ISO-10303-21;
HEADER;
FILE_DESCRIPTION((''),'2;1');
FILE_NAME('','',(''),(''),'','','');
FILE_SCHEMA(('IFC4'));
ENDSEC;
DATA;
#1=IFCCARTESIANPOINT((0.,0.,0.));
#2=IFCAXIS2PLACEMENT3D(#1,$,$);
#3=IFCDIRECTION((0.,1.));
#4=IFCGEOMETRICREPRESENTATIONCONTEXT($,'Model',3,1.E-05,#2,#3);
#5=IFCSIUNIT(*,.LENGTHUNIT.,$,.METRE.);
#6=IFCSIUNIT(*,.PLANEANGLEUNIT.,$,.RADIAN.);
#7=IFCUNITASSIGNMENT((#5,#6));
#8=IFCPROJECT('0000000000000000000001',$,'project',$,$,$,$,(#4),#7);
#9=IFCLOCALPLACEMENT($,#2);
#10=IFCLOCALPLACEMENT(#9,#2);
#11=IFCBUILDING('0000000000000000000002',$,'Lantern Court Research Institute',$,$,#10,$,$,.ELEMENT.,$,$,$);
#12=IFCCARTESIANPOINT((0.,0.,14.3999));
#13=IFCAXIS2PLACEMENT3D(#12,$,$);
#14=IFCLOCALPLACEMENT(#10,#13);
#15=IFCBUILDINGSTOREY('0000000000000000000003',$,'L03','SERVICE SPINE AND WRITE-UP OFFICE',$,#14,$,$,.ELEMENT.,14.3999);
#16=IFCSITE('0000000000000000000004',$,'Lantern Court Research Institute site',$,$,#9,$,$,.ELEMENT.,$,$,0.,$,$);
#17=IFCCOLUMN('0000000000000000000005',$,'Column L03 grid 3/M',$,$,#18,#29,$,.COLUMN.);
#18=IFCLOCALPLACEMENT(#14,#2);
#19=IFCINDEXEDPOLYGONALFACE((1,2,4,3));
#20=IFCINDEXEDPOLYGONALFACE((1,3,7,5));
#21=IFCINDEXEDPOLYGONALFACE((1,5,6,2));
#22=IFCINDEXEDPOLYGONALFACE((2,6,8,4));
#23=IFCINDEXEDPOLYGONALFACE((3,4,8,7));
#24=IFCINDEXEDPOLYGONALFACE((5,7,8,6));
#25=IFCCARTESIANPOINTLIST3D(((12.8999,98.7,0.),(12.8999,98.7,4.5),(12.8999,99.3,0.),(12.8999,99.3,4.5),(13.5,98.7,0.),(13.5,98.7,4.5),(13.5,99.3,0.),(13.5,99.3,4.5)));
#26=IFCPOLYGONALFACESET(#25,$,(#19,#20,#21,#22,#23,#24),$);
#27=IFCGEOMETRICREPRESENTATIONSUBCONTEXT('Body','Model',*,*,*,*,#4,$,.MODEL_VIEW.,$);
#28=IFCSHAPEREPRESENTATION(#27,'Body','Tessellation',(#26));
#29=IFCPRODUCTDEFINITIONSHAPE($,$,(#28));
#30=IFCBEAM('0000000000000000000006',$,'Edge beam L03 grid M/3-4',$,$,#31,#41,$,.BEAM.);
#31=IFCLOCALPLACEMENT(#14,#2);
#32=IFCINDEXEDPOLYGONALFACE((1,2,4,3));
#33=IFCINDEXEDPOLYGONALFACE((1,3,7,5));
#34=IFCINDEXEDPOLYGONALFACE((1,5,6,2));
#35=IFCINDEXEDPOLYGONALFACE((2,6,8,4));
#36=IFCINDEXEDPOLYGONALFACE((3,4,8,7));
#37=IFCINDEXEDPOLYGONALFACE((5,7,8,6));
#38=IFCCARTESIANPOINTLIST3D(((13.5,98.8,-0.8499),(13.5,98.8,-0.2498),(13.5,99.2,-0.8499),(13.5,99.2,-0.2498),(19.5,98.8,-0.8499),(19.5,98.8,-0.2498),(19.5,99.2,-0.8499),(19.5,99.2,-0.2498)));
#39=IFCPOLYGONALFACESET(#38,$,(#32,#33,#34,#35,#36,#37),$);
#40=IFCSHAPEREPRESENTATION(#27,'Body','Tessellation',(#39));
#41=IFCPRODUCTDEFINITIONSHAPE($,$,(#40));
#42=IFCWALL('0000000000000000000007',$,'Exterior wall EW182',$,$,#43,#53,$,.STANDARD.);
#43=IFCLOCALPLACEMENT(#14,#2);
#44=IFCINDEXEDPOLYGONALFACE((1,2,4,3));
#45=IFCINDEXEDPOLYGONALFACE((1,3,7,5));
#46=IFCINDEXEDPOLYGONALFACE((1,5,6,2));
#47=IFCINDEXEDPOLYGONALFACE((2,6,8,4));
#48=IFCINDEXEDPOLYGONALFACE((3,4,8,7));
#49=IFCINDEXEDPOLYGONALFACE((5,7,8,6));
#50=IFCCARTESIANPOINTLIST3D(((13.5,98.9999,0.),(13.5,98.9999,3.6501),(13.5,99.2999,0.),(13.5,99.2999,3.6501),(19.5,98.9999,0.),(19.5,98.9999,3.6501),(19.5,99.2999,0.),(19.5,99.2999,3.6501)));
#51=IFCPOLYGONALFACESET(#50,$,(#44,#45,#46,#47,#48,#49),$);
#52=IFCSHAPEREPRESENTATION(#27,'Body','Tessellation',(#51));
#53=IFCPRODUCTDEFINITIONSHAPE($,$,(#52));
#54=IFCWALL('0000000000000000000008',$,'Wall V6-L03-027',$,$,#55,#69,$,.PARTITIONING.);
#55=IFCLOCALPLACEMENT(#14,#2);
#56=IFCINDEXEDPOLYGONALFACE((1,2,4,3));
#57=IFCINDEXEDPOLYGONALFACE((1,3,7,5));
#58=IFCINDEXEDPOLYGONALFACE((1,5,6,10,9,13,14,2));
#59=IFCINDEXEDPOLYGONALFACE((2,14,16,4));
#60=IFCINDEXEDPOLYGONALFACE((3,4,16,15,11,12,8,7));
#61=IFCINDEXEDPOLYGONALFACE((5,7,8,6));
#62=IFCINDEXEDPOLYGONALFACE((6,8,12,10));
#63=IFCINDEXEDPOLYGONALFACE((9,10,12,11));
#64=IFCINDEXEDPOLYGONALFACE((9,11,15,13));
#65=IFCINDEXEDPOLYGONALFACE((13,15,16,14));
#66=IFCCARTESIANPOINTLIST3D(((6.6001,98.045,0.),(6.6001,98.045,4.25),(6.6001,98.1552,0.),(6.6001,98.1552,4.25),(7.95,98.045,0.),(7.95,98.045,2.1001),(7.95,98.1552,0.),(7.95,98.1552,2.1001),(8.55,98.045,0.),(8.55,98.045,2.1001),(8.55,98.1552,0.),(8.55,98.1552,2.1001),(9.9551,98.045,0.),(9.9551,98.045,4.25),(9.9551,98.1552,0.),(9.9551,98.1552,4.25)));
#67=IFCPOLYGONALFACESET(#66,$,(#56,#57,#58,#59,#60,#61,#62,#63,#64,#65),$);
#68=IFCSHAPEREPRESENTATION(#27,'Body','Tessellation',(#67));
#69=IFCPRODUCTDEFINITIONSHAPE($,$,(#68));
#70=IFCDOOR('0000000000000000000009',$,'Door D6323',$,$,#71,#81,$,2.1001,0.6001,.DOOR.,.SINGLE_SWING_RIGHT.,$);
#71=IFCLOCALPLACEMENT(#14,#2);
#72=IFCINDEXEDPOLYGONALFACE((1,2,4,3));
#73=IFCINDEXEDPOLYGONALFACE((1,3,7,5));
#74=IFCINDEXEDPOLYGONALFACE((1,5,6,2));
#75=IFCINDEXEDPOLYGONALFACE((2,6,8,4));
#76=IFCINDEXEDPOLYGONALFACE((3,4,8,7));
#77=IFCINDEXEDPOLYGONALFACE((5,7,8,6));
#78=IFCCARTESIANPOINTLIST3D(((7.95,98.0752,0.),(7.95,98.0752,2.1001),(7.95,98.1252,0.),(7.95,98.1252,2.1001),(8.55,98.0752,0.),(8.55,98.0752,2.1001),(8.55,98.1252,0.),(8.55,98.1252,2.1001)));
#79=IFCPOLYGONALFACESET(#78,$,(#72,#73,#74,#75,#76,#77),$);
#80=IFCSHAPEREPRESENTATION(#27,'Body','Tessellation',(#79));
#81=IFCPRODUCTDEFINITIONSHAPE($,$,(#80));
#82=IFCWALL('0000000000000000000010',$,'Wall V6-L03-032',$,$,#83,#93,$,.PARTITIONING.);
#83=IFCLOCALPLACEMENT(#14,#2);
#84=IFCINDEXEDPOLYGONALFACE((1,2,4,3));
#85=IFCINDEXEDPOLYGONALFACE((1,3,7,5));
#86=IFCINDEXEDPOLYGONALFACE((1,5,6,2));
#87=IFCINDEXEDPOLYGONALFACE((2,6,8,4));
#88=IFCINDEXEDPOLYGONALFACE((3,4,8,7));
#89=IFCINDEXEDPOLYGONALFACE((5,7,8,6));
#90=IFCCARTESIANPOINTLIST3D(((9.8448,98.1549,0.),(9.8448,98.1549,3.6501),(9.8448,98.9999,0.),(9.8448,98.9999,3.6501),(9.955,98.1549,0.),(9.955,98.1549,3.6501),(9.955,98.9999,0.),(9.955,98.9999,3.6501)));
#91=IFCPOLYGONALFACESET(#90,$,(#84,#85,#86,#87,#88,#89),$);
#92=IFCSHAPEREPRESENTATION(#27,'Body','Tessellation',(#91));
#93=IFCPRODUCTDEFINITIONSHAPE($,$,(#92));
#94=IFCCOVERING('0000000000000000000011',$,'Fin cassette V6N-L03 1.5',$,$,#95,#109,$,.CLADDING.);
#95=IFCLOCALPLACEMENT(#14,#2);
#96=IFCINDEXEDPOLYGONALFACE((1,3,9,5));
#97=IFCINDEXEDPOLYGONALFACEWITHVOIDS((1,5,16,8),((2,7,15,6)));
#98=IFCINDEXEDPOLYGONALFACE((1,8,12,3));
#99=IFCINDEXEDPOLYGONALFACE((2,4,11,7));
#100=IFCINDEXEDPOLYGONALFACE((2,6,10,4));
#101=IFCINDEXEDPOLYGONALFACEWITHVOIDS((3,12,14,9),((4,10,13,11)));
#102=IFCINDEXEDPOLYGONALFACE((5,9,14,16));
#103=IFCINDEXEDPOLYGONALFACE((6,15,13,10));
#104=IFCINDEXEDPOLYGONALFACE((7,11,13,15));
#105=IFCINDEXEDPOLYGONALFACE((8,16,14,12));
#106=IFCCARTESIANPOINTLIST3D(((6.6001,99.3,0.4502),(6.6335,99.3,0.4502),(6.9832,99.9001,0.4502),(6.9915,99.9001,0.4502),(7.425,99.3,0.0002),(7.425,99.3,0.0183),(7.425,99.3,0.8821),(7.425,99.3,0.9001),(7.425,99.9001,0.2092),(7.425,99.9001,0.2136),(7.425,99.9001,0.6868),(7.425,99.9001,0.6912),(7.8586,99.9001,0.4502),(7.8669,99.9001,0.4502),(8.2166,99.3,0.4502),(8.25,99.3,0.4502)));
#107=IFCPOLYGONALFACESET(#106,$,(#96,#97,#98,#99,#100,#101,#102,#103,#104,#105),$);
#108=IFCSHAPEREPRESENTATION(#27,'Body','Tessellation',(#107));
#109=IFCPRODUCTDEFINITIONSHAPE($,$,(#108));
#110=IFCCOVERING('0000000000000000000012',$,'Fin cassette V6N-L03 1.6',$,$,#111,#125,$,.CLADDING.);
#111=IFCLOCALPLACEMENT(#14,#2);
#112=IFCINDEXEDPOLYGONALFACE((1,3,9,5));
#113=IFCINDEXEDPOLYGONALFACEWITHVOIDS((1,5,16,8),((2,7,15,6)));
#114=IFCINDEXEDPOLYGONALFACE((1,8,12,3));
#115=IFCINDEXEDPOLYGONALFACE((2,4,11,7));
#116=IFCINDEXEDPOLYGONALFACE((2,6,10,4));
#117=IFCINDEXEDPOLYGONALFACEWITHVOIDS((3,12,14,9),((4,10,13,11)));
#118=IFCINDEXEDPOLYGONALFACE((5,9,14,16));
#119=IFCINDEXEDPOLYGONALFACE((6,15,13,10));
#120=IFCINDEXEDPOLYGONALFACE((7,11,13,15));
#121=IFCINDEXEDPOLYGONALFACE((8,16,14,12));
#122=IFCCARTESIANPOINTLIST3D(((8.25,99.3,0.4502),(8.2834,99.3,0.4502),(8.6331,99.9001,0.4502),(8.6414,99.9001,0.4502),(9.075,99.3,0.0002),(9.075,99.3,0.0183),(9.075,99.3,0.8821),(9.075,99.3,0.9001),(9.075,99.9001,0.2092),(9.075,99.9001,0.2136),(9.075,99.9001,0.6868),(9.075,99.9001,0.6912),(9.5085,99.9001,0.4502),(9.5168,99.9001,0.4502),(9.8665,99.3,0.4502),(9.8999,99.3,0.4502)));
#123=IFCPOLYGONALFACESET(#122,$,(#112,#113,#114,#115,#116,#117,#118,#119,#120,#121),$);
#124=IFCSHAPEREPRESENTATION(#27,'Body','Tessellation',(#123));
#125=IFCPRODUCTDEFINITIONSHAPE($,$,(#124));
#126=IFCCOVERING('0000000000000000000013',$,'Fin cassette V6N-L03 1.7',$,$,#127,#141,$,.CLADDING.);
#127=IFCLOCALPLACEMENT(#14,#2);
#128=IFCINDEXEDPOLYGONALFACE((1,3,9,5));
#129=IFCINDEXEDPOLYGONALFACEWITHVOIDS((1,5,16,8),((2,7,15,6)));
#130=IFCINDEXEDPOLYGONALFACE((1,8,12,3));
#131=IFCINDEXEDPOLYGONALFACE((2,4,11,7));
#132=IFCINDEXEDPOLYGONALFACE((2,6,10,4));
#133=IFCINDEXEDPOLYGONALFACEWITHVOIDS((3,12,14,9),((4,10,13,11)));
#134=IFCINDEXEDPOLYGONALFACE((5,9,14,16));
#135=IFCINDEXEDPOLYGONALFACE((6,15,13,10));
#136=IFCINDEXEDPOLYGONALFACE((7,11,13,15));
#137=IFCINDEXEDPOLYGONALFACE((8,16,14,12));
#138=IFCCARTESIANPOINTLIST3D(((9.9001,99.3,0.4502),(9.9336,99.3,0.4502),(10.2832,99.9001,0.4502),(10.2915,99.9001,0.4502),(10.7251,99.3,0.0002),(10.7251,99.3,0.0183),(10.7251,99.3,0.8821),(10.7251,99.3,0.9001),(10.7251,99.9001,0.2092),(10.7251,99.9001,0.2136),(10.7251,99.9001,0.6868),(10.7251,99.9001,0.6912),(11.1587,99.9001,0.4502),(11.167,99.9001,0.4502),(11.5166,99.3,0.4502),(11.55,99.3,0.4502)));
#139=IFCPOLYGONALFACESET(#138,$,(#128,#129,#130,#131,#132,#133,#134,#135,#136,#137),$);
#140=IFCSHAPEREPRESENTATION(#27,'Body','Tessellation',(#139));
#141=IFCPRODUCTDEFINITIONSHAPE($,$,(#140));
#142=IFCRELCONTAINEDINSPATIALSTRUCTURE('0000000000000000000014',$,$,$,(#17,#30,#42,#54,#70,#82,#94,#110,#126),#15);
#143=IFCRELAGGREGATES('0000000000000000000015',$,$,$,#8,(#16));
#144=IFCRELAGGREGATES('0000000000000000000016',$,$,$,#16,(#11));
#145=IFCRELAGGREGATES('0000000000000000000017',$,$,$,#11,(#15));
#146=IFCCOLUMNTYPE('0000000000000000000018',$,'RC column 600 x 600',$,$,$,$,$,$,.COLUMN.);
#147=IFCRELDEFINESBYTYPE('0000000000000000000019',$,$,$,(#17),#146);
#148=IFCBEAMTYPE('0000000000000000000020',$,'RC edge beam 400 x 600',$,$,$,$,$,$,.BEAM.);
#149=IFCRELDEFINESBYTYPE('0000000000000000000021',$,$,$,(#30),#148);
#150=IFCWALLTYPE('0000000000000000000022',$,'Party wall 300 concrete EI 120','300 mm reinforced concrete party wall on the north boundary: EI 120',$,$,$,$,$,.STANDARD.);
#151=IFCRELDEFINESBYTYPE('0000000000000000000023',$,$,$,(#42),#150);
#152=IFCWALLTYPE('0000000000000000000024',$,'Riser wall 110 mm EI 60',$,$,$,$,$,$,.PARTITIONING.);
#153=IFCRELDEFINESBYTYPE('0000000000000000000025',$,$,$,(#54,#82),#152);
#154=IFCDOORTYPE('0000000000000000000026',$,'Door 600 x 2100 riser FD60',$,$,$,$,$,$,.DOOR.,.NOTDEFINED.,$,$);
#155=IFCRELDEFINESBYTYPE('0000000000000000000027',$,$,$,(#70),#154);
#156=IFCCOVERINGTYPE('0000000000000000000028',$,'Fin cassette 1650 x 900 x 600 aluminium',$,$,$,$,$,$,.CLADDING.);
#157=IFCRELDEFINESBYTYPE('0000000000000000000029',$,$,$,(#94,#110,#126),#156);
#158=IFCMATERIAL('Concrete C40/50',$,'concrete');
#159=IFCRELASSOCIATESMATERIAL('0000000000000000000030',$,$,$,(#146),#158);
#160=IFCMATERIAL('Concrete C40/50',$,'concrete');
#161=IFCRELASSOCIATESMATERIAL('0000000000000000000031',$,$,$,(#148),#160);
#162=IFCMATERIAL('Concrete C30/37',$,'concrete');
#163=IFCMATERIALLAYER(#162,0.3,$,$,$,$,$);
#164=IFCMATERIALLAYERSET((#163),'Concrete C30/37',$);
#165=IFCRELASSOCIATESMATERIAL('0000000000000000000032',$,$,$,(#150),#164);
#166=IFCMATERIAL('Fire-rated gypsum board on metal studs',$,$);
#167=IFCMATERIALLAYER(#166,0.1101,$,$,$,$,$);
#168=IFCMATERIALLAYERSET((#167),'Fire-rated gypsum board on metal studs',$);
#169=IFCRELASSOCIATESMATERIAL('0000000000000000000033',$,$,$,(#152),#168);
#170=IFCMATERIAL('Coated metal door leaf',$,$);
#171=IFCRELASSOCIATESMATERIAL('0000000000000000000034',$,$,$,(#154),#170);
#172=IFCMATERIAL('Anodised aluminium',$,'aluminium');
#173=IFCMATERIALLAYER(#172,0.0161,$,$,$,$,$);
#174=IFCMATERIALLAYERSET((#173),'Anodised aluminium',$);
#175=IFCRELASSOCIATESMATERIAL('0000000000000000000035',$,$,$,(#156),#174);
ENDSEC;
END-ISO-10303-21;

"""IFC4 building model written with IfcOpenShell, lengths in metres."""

from ifc_helpers import new_model, entity, si_unit, direction, frame, frame_2d, origin, origin_2d, place, context, subcontext, project, spatial, rectangle, extrude, material, layer, layer_set, material_profile, profile_set, type_object, element, fill, save


model = new_model("IFC4")

# Units and contexts
model_context = context("Model", 3, precision=1e-05, world=origin(), true_north=direction((0.0, 1.0)))
body_context = subcontext(model_context, "Body", "Model", "MODEL_VIEW")
ifc_project = project(units=[si_unit("LENGTHUNIT", "METRE"), si_unit("PLANEANGLEUNIT", "RADIAN")], contexts=[model_context])

# Site, building, storey
site_placement = place(None, origin())
site = spatial("IfcSite", under=ifc_project, at=site_placement, Name="Lantern Court Research Institute site", CompositionType="ELEMENT", RefElevation=0.0)
building_placement = place(site_placement, origin())
building = spatial("IfcBuilding", under=site, at=building_placement, Name="Lantern Court Research Institute", CompositionType="ELEMENT")
storey_placement = place(building_placement, frame((0.0, 0.0, 14.3999)))
storey = spatial("IfcBuildingStorey", under=building, at=storey_placement, Name="L03", Description="SERVICE SPINE AND WRITE-UP OFFICE", CompositionType="ELEMENT", Elevation=14.3999)

# Column
ifc_material_1 = material(Name="Concrete C40/50", Category="concrete")
ifc_material_profile_1 = material_profile(ifc_material_1, rectangle(XDim=0.6001, YDim=0.6001, at=origin_2d()), Name="RC column 600 x 600")
ifc_profile_set_1 = profile_set([ifc_material_profile_1], Name="Concrete C40/50")
column_type = type_object("IfcColumnType", Name="RC column 600 x 600", PredefinedType="COLUMN", material=ifc_profile_set_1)
column_placement = place(storey_placement, frame((13.2, 99.0, 0.0), z_axis=(0.0, 0.0, 1.0), x_axis=(1.0, 0.0, 0.0)))
element("IfcColumn", 1, at=column_placement, inside=storey, type_object=column_type, Name="Column L03 grid 3/M", PredefinedType="COLUMN", context=body_context, shape_type="SweptSolid", body=[
    extrude(rectangle(XDim=0.6001, YDim=0.6001, at=origin_2d()), origin(), (0.0, 0.0, 1.0), 4.5),
])

# Beam
ifc_material_2 = material(Name="Concrete C40/50", Category="concrete")
ifc_material_profile_2 = material_profile(ifc_material_2, rectangle(XDim=0.3999, YDim=0.6001, at=origin_2d()), Name="RC beam 400 x 600")
ifc_profile_set_2 = profile_set([ifc_material_profile_2], Name="Concrete C40/50")
beam_type = type_object("IfcBeamType", Name="RC edge beam 400 x 600", PredefinedType="BEAM", material=ifc_profile_set_2)
beam_placement = place(storey_placement, frame((13.5, 99.0, -0.5498), z_axis=(1.0, 0.0, 0.0), x_axis=(0.0, 1.0, 0.0)))
element("IfcBeam", 2, at=beam_placement, inside=storey, type_object=beam_type, Name="Edge beam L03 grid M/3-4", PredefinedType="BEAM", context=body_context, shape_type="SweptSolid", body=[
    extrude(rectangle(XDim=0.3999, YDim=0.6001, at=origin_2d()), origin(), (0.0, 0.0, 1.0), 6.0),
])

# Wall
ifc_material_3 = material(Name="Concrete C30/37", Category="concrete")
ifc_layer_1 = layer(ifc_material_3, 0.3)
ifc_layer_set_1 = layer_set([ifc_layer_1], Name="Concrete C30/37")
wall_type_1 = type_object("IfcWallType", Name="Party wall 300 concrete EI 120", Description="300 mm reinforced concrete party wall on the north boundary: EI 120", PredefinedType="STANDARD", material=ifc_layer_set_1)
wall_1_placement = place(storey_placement, frame((13.5, 99.1499, 0.0), z_axis=(0.0, 0.0, 1.0), x_axis=(1.0, 0.0, 0.0)))
element("IfcWall", 3, at=wall_1_placement, inside=storey, type_object=wall_type_1, Name="Exterior wall EW182", PredefinedType="STANDARD", context=body_context, shape_type="SweptSolid", body=[
    extrude(rectangle(XDim=6.0, YDim=0.3, at=frame_2d((3.0, 0.0))), origin(), (0.0, 0.0, 1.0), 3.6501),
])

# Wall, opening, door
ifc_material_4 = material(Name="Fire-rated gypsum board on metal studs")
ifc_layer_2 = layer(ifc_material_4, 0.1101)
ifc_layer_set_2 = layer_set([ifc_layer_2], Name="Fire-rated gypsum board on metal studs")
wall_type_2 = type_object("IfcWallType", Name="Riser wall 110 mm EI 60", PredefinedType="PARTITIONING", material=ifc_layer_set_2)
wall_2_placement = place(storey_placement, frame((9.9551, 98.1001, 0.0), z_axis=(0.0, 0.0, 1.0), x_axis=(-1.0, 0.0, 0.0)))
wall_2 = element("IfcWall", 4, at=wall_2_placement, inside=storey, type_object=wall_type_2, Name="Wall V6-L03-027", PredefinedType="PARTITIONING", context=body_context, shape_type="SweptSolid", body=[
    extrude(rectangle(XDim=3.355, YDim=0.1101, at=frame_2d((1.6775, 0.0))), origin(), (0.0, 0.0, 1.0), 4.25),
])
opening_placement = place(wall_2_placement, frame((1.405, 0.0, 0.0)))
opening = element("IfcOpeningElement", 5, at=opening_placement, cuts=wall_2, PredefinedType="OPENING", context=body_context, shape_type="SweptSolid", body=[
    extrude(rectangle(XDim=0.6001, YDim=2.1001, at=frame_2d((0.3, 1.05))), frame((0.0, 0.0649, 0.0), z_axis=(0.0, -1.0, 0.0), x_axis=(1.0, 0.0, 0.0)), (0.0, 0.0, 1.0), 0.1301),
])
ifc_material_5 = material(Name="Coated metal door leaf")
door_type = type_object("IfcDoorType", Name="Door 600 x 2100 riser FD60", OperationType="NOTDEFINED", PredefinedType="DOOR", material=ifc_material_5)
door_placement = place(opening_placement, origin())
door = element("IfcDoor", 6, at=door_placement, inside=storey, type_object=door_type, Name="Door D6323", OperationType="SINGLE_SWING_RIGHT", OverallHeight=2.1001, OverallWidth=0.6001, PredefinedType="DOOR", context=body_context, shape_type="SweptSolid", body=[
    extrude(rectangle(XDim=0.6001, YDim=2.1001, at=frame_2d((0.3, 1.05))), frame((0.0, 0.0249, 0.0), z_axis=(0.0, -1.0, 0.0), x_axis=(1.0, 0.0, 0.0)), (0.0, 0.0, 1.0), 0.05),
])
fill(opening, door)

# Wall
wall_3_placement = place(storey_placement, frame((9.8999, 98.155, 0.0), z_axis=(0.0, 0.0, 1.0), x_axis=(0.0, 1.0, 0.0)))
element("IfcWall", 7, at=wall_3_placement, inside=storey, type_object=wall_type_2, Name="Wall V6-L03-032", PredefinedType="PARTITIONING", context=body_context, shape_type="SweptSolid", body=[
    extrude(rectangle(XDim=0.845, YDim=0.1101, at=frame_2d((0.4224, 0.0))), origin(), (0.0, 0.0, 1.0), 3.6501),
])

# Coverings
ifc_material_6 = material(Name="Anodised aluminium", Category="aluminium")
ifc_layer_3 = layer(ifc_material_6, 0.0161)
ifc_layer_set_3 = layer_set([ifc_layer_3], Name="Anodised aluminium")
covering_type = type_object("IfcCoveringType", Name="Fin cassette 1650 x 900 x 600 aluminium", PredefinedType="CLADDING", material=ifc_layer_set_3)
covering_1_placement = place(storey_placement, frame((7.425, 99.3, 0.4502), z_axis=(0.0, 1.0, 0.0), x_axis=(-1.0, 0.0, 0.0)))
cartesian_point_1 = entity("IfcCartesianPoint", [0.825, 0.0])
cartesian_point_2 = entity("IfcCartesianPoint", [0.7915, 0.0])
cartesian_point_3 = entity("IfcCartesianPoint", [0.4419, 0.0])
cartesian_point_4 = entity("IfcCartesianPoint", [0.4336, 0.0])
element("IfcCovering", 8, at=covering_1_placement, inside=storey, type_object=covering_type, Name="Fin cassette V6N-L03 1.5", PredefinedType="CLADDING", context=body_context, shape_type="SweptSolid", body=[
    entity("IfcExtrudedAreaSolidTapered", entity("IfcArbitraryProfileDefWithVoids", "AREA", None, entity("IfcPolyline", [cartesian_point_1, entity("IfcCartesianPoint", [0.0, 0.45]), entity("IfcCartesianPoint", [-0.825, 0.0]), entity("IfcCartesianPoint", [0.0, -0.45]), cartesian_point_1]), [entity("IfcPolyline", [cartesian_point_2, entity("IfcCartesianPoint", [0.0, 0.4319]), entity("IfcCartesianPoint", [-0.7915, 0.0]), entity("IfcCartesianPoint", [0.0, -0.4319]), cartesian_point_2])]), entity("IfcAxis2Placement3D", entity("IfcCartesianPoint", [0.0, 0.0, 0.0])), entity("IfcDirection", [0.0, 0.0, 1.0]), 0.6001, entity("IfcArbitraryProfileDefWithVoids", "AREA", None, entity("IfcPolyline", [cartesian_point_3, entity("IfcCartesianPoint", [0.0, 0.241]), entity("IfcCartesianPoint", [-0.4419, 0.0]), entity("IfcCartesianPoint", [0.0, -0.241]), cartesian_point_3]), [entity("IfcPolyline", [cartesian_point_4, entity("IfcCartesianPoint", [0.0, 0.2366]), entity("IfcCartesianPoint", [-0.4336, 0.0]), entity("IfcCartesianPoint", [0.0, -0.2366]), cartesian_point_4])])),
])
covering_2_placement = place(storey_placement, frame((9.075, 99.3, 0.4502), z_axis=(0.0, 1.0, 0.0), x_axis=(-1.0, 0.0, 0.0)))
cartesian_point_5 = entity("IfcCartesianPoint", [0.825, 0.0])
cartesian_point_6 = entity("IfcCartesianPoint", [0.7915, 0.0])
cartesian_point_7 = entity("IfcCartesianPoint", [0.4419, 0.0])
cartesian_point_8 = entity("IfcCartesianPoint", [0.4336, 0.0])
element("IfcCovering", 9, at=covering_2_placement, inside=storey, type_object=covering_type, Name="Fin cassette V6N-L03 1.6", PredefinedType="CLADDING", context=body_context, shape_type="SweptSolid", body=[
    entity("IfcExtrudedAreaSolidTapered", entity("IfcArbitraryProfileDefWithVoids", "AREA", None, entity("IfcPolyline", [cartesian_point_5, entity("IfcCartesianPoint", [0.0, 0.45]), entity("IfcCartesianPoint", [-0.825, 0.0]), entity("IfcCartesianPoint", [0.0, -0.45]), cartesian_point_5]), [entity("IfcPolyline", [cartesian_point_6, entity("IfcCartesianPoint", [0.0, 0.4319]), entity("IfcCartesianPoint", [-0.7915, 0.0]), entity("IfcCartesianPoint", [0.0, -0.4319]), cartesian_point_6])]), entity("IfcAxis2Placement3D", entity("IfcCartesianPoint", [0.0, 0.0, 0.0])), entity("IfcDirection", [0.0, 0.0, 1.0]), 0.6001, entity("IfcArbitraryProfileDefWithVoids", "AREA", None, entity("IfcPolyline", [cartesian_point_7, entity("IfcCartesianPoint", [0.0, 0.241]), entity("IfcCartesianPoint", [-0.4419, 0.0]), entity("IfcCartesianPoint", [0.0, -0.241]), cartesian_point_7]), [entity("IfcPolyline", [cartesian_point_8, entity("IfcCartesianPoint", [0.0, 0.2366]), entity("IfcCartesianPoint", [-0.4336, 0.0]), entity("IfcCartesianPoint", [0.0, -0.2366]), cartesian_point_8])])),
])
covering_3_placement = place(storey_placement, frame((10.7251, 99.3, 0.4502), z_axis=(0.0, 1.0, 0.0), x_axis=(-1.0, 0.0, 0.0)))
cartesian_point_9 = entity("IfcCartesianPoint", [0.825, 0.0])
cartesian_point_10 = entity("IfcCartesianPoint", [0.7915, 0.0])
cartesian_point_11 = entity("IfcCartesianPoint", [0.4419, 0.0])
cartesian_point_12 = entity("IfcCartesianPoint", [0.4336, 0.0])
element("IfcCovering", 10, at=covering_3_placement, inside=storey, type_object=covering_type, Name="Fin cassette V6N-L03 1.7", PredefinedType="CLADDING", context=body_context, shape_type="SweptSolid", body=[
    entity("IfcExtrudedAreaSolidTapered", entity("IfcArbitraryProfileDefWithVoids", "AREA", None, entity("IfcPolyline", [cartesian_point_9, entity("IfcCartesianPoint", [0.0, 0.45]), entity("IfcCartesianPoint", [-0.825, 0.0]), entity("IfcCartesianPoint", [0.0, -0.45]), cartesian_point_9]), [entity("IfcPolyline", [cartesian_point_10, entity("IfcCartesianPoint", [0.0, 0.4319]), entity("IfcCartesianPoint", [-0.7915, 0.0]), entity("IfcCartesianPoint", [0.0, -0.4319]), cartesian_point_10])]), entity("IfcAxis2Placement3D", entity("IfcCartesianPoint", [0.0, 0.0, 0.0])), entity("IfcDirection", [0.0, 0.0, 1.0]), 0.6001, entity("IfcArbitraryProfileDefWithVoids", "AREA", None, entity("IfcPolyline", [cartesian_point_11, entity("IfcCartesianPoint", [0.0, 0.241]), entity("IfcCartesianPoint", [-0.4419, 0.0]), entity("IfcCartesianPoint", [0.0, -0.241]), cartesian_point_11]), [entity("IfcPolyline", [cartesian_point_12, entity("IfcCartesianPoint", [0.0, 0.2366]), entity("IfcCartesianPoint", [-0.4336, 0.0]), entity("IfcCartesianPoint", [0.0, -0.2366]), cartesian_point_12])])),
])

save(model, "model.ifc")
